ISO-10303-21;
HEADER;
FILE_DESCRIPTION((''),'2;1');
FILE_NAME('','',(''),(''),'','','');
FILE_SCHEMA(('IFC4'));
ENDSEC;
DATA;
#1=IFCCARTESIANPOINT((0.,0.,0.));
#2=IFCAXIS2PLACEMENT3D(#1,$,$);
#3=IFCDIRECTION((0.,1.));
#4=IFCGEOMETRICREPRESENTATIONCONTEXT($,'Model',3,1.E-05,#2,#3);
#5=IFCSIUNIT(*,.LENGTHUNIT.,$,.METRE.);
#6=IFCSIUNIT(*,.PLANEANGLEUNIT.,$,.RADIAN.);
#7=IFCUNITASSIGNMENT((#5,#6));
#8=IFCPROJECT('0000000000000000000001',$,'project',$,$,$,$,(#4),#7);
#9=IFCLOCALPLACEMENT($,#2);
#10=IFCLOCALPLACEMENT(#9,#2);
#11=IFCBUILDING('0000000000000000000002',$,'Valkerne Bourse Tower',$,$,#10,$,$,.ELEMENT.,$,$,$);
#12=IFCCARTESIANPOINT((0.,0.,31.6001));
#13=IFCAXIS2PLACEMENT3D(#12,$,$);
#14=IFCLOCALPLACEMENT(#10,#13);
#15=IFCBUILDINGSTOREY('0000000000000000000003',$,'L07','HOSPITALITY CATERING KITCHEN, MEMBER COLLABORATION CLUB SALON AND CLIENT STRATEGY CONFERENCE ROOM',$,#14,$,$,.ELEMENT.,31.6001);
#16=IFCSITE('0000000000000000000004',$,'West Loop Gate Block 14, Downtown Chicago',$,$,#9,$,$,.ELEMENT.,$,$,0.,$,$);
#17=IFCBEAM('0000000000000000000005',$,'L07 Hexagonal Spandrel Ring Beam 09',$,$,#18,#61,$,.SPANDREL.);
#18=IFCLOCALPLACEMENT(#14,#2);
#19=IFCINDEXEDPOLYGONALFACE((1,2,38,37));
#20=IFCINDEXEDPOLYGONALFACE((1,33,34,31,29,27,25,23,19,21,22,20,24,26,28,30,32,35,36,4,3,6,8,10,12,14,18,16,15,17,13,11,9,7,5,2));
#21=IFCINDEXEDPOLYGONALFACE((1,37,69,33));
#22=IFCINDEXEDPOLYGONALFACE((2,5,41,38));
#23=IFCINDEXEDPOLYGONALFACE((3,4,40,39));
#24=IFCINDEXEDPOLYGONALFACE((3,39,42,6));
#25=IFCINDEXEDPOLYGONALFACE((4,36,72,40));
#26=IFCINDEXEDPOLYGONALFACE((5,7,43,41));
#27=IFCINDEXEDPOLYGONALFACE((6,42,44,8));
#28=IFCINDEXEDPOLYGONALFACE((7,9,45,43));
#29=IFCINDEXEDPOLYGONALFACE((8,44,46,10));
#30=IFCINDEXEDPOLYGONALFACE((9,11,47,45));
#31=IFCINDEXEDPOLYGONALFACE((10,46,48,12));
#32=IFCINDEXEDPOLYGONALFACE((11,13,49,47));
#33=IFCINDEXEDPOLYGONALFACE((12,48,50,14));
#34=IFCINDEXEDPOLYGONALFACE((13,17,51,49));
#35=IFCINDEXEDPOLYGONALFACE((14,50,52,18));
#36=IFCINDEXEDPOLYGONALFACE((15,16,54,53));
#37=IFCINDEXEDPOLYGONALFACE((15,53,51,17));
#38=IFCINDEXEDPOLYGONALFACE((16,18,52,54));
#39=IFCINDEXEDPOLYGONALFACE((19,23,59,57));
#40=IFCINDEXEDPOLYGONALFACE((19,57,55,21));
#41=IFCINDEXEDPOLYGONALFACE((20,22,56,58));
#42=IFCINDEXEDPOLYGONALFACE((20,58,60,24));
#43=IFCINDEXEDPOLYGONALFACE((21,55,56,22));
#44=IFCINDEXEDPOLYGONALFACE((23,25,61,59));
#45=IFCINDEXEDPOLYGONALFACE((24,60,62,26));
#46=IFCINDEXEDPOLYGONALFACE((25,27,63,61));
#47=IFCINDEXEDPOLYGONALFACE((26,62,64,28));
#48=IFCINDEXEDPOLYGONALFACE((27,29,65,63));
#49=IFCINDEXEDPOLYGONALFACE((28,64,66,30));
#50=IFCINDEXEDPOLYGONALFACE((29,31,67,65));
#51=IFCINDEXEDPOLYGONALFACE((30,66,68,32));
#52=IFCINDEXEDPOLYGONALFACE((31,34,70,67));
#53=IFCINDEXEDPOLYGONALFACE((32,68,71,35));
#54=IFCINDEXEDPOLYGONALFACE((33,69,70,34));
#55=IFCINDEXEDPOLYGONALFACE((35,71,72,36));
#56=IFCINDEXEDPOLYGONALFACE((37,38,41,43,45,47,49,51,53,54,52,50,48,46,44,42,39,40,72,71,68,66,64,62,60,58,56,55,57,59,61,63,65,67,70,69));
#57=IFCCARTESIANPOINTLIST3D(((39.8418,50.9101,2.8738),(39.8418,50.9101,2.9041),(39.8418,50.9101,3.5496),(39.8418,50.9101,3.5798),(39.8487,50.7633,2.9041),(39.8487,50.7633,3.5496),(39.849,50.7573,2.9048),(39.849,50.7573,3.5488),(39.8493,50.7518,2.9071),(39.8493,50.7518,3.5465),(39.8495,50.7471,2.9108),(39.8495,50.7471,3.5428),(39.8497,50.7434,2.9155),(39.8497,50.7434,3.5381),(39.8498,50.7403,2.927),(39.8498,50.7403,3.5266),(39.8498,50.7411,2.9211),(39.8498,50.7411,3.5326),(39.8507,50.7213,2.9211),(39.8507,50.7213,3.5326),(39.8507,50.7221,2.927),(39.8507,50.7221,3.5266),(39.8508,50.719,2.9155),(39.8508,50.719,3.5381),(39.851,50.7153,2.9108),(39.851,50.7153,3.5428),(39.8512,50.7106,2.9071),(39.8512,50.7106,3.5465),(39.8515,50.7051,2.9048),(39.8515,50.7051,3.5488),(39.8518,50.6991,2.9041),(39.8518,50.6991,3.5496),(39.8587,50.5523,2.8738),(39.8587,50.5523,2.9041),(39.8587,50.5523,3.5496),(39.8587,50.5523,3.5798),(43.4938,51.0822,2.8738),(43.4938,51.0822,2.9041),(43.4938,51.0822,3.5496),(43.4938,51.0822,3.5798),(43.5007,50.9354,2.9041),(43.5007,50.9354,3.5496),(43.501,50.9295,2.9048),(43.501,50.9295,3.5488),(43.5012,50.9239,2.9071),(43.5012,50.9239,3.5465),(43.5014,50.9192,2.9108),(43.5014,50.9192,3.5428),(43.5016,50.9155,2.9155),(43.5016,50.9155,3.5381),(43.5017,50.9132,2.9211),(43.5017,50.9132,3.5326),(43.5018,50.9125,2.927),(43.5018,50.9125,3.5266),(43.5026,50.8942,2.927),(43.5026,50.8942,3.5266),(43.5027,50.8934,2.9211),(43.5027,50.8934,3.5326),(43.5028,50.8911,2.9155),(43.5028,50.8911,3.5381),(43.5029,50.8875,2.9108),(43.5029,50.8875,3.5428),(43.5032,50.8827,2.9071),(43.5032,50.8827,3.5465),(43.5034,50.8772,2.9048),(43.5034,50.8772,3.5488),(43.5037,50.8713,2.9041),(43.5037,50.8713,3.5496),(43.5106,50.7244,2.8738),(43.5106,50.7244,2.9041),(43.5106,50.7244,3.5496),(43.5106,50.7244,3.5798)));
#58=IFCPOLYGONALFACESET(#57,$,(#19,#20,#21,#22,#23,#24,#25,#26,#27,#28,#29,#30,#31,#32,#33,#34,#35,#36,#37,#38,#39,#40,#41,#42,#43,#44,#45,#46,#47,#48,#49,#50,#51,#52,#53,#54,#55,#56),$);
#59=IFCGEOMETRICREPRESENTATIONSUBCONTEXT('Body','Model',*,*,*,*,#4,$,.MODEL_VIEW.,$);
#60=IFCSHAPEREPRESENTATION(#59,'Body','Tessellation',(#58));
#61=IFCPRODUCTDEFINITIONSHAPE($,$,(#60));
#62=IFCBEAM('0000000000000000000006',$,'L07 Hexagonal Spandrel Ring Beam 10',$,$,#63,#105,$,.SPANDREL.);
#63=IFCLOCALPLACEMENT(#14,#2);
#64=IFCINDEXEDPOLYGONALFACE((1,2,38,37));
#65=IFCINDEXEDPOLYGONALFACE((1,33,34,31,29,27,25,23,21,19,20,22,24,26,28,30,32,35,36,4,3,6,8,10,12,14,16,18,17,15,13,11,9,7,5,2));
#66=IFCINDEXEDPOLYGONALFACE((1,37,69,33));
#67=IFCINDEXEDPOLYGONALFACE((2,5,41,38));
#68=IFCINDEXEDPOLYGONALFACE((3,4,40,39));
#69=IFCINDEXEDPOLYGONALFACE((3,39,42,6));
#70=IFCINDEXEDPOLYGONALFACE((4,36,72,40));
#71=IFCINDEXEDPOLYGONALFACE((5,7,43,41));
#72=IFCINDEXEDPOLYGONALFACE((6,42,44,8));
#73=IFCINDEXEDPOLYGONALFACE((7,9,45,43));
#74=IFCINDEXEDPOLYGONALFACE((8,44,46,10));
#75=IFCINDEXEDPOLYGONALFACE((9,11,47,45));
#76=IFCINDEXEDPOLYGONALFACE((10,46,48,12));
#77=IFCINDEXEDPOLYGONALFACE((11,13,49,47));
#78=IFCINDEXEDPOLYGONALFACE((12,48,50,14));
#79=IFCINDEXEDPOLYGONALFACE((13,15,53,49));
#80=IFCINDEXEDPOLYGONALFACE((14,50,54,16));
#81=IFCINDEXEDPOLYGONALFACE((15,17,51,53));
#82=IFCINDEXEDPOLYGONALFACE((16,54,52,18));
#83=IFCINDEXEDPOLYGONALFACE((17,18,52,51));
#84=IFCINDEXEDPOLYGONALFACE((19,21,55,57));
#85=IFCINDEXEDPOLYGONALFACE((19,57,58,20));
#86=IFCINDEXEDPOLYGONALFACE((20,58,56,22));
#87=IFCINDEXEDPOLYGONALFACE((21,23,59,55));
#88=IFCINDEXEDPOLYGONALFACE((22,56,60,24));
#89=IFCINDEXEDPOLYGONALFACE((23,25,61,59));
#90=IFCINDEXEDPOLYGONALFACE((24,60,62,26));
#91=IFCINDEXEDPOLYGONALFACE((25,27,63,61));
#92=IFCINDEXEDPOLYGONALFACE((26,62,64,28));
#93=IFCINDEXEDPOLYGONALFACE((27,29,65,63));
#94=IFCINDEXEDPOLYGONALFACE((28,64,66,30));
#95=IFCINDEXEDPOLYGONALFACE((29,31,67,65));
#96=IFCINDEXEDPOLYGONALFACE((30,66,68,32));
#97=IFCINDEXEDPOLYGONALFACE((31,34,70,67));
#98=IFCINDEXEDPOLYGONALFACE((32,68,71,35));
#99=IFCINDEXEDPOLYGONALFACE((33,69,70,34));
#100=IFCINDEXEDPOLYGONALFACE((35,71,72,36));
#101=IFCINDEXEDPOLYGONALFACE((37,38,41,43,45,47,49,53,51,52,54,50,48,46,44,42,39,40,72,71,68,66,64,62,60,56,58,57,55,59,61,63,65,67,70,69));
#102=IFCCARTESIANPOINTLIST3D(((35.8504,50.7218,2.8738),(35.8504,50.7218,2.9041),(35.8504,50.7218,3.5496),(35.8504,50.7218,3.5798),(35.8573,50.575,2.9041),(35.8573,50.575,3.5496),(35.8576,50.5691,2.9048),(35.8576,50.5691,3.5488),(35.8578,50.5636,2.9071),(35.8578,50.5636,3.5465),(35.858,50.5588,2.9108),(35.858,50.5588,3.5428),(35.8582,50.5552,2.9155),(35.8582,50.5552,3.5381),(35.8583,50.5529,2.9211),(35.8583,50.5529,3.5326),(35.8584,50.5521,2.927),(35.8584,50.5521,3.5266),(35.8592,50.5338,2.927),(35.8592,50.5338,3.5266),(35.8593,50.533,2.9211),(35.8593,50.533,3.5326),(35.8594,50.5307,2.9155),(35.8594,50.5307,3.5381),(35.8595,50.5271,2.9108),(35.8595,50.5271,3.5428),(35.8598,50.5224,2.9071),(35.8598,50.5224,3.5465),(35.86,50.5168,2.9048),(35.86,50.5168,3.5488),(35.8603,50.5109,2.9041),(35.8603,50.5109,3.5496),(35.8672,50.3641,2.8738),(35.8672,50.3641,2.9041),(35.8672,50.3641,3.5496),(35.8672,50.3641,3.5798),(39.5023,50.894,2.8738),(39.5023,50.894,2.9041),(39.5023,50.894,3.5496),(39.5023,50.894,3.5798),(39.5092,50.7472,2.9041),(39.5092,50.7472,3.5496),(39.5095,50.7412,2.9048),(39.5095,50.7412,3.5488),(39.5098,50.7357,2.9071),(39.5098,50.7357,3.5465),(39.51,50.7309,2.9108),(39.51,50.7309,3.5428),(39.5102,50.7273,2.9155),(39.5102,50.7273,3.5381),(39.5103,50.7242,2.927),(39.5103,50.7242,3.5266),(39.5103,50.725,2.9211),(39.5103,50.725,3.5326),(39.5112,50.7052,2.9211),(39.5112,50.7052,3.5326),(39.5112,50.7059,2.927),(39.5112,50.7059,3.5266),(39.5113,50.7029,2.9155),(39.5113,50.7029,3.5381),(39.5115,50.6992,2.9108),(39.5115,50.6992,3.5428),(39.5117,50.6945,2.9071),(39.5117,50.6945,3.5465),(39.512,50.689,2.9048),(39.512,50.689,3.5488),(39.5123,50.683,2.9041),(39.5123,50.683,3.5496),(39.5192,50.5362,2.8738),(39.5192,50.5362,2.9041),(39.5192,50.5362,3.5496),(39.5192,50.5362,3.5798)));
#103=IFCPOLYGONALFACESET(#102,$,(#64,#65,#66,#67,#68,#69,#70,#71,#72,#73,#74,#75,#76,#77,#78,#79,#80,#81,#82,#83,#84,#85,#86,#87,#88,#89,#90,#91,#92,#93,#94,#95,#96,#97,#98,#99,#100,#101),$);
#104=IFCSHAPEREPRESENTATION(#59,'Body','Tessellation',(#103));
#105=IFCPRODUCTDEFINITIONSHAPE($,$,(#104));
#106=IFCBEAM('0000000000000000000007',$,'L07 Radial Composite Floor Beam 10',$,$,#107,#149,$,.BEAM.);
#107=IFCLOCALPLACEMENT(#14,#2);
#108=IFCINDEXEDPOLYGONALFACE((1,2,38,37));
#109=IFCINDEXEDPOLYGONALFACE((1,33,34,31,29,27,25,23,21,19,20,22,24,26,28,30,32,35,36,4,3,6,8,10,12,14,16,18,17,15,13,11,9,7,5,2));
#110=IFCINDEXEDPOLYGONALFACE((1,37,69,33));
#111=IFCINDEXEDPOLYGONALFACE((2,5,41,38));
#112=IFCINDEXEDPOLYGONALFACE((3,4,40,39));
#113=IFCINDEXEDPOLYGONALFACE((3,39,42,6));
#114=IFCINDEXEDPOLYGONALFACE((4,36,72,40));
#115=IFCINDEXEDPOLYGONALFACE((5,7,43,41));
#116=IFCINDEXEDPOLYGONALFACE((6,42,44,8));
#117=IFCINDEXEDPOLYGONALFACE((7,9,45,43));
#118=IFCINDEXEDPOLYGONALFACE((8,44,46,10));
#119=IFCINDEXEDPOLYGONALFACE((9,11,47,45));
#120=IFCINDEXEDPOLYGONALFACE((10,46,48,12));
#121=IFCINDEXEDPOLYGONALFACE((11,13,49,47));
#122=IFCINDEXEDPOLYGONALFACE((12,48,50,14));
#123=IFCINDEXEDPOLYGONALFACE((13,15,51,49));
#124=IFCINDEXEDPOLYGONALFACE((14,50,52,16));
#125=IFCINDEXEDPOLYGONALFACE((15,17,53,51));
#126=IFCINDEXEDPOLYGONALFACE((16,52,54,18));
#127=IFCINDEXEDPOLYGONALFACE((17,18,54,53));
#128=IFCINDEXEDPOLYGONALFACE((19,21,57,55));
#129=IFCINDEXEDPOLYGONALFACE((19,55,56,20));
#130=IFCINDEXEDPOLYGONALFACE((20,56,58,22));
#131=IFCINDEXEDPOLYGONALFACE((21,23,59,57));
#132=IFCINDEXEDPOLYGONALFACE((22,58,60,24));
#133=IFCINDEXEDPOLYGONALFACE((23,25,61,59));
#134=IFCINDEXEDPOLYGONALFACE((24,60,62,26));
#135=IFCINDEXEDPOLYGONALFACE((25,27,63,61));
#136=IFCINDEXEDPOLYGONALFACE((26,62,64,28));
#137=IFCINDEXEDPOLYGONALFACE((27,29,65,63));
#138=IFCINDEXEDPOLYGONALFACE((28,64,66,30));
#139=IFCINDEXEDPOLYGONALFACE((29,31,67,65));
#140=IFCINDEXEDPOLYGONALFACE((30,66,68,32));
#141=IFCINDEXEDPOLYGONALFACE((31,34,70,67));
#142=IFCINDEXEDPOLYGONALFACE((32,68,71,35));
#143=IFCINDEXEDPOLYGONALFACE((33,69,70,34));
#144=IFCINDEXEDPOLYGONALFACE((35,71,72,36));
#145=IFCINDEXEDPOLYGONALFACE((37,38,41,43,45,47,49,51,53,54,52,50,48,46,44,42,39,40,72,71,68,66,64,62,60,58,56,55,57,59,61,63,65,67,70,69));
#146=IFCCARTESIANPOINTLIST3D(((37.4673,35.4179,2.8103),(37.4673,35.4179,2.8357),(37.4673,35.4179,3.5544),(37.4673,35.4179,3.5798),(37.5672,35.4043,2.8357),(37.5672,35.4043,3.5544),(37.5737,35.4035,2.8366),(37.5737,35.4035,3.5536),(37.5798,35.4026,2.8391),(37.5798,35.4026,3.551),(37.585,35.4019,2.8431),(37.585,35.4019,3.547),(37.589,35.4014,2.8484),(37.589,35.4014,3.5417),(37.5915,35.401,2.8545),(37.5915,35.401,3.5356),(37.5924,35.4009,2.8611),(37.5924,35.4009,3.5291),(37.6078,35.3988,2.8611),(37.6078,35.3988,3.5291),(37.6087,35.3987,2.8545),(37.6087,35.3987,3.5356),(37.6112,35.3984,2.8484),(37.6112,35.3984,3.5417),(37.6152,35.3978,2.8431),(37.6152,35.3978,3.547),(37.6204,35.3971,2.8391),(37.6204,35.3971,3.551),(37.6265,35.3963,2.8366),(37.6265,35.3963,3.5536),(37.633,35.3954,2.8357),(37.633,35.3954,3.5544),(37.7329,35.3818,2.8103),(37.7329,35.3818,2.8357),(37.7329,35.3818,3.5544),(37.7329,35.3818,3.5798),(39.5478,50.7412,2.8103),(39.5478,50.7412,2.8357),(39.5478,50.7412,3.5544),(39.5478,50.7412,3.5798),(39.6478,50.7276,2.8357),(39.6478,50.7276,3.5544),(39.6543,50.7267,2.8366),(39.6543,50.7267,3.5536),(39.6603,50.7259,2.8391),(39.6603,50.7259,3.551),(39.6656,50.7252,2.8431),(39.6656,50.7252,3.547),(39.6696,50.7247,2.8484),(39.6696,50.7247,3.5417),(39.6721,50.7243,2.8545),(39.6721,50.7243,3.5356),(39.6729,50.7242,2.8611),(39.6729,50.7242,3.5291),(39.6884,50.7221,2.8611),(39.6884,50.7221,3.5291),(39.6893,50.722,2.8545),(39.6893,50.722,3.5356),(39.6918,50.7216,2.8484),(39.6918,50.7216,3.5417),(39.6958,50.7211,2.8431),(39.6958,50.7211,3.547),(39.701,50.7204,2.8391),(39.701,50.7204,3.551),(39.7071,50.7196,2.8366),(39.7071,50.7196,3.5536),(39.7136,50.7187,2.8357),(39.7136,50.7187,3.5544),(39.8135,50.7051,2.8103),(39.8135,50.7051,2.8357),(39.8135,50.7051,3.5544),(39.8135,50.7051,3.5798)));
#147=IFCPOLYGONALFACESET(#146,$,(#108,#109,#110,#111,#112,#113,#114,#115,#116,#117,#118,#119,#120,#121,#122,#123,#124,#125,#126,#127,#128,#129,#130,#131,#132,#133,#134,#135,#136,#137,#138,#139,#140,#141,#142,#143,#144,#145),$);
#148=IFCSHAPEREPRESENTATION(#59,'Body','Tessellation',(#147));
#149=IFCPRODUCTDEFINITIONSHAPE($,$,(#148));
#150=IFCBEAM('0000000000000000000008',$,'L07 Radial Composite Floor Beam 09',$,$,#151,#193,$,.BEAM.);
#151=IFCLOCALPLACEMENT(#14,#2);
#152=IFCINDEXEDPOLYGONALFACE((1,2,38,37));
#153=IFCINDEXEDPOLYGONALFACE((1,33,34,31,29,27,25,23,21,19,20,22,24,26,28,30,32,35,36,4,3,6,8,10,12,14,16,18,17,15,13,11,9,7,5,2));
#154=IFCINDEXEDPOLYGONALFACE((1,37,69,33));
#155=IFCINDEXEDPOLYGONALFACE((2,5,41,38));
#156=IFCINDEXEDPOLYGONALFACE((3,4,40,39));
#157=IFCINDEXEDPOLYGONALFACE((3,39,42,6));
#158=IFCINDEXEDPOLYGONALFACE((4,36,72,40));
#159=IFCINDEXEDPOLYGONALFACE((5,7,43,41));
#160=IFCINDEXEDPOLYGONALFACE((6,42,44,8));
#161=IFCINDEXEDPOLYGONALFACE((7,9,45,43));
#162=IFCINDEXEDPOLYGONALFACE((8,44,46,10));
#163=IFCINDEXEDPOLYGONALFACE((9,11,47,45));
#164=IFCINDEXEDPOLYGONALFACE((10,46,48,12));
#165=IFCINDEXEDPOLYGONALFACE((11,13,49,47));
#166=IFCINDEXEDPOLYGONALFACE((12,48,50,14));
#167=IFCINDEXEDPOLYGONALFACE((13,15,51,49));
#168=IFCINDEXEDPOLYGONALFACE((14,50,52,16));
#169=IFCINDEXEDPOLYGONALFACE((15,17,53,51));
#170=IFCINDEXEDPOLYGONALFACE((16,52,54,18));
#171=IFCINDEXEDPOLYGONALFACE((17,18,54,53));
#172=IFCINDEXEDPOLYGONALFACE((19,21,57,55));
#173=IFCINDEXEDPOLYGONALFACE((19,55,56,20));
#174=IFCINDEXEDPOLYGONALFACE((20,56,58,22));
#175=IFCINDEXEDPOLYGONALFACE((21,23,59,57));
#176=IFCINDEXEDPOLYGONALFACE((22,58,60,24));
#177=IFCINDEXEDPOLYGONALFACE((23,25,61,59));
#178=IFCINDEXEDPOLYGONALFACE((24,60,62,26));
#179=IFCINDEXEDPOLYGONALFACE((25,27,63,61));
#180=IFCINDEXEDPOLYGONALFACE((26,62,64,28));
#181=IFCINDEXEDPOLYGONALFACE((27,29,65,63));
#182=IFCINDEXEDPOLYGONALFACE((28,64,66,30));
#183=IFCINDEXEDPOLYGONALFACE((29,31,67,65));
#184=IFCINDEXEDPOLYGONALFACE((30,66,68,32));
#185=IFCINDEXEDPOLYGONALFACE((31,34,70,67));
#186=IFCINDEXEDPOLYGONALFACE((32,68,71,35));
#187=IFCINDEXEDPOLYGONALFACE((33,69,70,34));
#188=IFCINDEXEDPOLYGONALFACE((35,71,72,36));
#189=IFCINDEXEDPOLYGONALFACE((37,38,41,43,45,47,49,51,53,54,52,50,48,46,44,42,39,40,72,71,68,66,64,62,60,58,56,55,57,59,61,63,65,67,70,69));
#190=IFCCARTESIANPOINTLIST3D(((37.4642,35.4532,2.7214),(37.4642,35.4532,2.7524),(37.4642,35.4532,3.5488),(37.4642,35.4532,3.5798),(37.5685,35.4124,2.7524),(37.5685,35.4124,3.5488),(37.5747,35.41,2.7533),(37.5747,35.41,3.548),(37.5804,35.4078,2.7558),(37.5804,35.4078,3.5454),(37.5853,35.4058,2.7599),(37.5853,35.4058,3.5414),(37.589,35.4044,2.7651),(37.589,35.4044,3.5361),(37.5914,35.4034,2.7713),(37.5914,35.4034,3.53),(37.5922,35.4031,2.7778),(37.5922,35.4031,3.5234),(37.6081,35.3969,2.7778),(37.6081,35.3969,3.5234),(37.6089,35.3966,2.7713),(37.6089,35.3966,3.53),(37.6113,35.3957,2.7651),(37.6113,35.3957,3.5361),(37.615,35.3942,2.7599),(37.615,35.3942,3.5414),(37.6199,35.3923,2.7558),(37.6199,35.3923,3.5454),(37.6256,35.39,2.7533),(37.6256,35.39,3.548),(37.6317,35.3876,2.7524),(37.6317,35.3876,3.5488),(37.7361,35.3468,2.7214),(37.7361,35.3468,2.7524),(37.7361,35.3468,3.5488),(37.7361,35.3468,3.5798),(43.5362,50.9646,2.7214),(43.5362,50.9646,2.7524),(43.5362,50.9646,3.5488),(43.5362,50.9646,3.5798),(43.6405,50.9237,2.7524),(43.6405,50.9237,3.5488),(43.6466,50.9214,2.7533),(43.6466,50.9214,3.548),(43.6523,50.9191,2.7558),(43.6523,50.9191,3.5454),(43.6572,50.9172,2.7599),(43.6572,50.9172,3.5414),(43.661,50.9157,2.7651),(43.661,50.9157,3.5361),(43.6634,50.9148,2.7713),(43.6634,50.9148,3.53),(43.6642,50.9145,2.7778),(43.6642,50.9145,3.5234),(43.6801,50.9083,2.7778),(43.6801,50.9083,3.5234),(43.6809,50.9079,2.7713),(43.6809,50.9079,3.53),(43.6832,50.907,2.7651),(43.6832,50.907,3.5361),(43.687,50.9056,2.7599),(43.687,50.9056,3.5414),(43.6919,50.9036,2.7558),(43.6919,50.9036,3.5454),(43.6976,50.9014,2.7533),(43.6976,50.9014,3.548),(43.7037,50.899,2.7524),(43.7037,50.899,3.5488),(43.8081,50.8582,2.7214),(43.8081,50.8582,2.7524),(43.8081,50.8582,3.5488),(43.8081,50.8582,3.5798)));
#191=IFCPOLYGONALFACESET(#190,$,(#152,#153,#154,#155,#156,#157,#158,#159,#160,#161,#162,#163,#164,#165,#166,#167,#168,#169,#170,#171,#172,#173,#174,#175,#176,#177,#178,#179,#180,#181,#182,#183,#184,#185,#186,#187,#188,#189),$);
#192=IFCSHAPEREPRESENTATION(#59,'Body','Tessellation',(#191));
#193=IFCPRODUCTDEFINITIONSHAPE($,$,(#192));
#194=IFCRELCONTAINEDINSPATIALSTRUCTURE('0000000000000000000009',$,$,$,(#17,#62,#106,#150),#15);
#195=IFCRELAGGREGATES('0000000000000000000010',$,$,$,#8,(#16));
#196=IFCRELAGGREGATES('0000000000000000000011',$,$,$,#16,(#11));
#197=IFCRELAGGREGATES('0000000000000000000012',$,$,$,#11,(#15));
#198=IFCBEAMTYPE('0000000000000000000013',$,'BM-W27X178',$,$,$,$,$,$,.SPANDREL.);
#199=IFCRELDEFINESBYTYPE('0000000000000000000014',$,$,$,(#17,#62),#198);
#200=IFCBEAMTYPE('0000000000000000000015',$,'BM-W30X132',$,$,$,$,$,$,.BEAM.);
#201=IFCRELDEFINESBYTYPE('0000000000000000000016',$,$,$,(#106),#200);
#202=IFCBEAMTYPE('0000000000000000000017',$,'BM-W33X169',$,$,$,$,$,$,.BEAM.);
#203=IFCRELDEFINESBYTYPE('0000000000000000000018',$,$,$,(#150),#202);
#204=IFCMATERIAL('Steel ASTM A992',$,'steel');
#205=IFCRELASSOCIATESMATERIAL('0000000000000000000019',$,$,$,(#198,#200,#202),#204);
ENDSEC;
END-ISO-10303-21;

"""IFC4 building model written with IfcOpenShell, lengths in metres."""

from ifc_helpers import new_model, si_unit, direction, frame, origin, origin_2d, place, context, subcontext, project, spatial, i_section, extrude, material, material_profile, profile_set, type_object, element, save


model = new_model("IFC4")

# Units and contexts
model_context = context("Model", 3, precision=1e-05, world=origin(), true_north=direction((0.0, 1.0)))
body_context = subcontext(model_context, "Body", "Model", "MODEL_VIEW")
ifc_project = project(units=[si_unit("LENGTHUNIT", "METRE"), si_unit("PLANEANGLEUNIT", "RADIAN")], contexts=[model_context])

# Site, building, storey
site_placement = place(None, origin())
site = spatial("IfcSite", under=ifc_project, at=site_placement, Name="West Loop Gate Block 14, Downtown Chicago", CompositionType="ELEMENT", RefElevation=0.0)
building_placement = place(site_placement, origin())
building = spatial("IfcBuilding", under=site, at=building_placement, Name="Valkerne Bourse Tower", CompositionType="ELEMENT")
storey_placement = place(building_placement, frame((0.0, 0.0, 31.6001)))
storey = spatial("IfcBuildingStorey", under=building, at=storey_placement, Name="L07", Description="HOSPITALITY CATERING KITCHEN, MEMBER COLLABORATION CLUB SALON AND CLIENT STRATEGY CONFERENCE ROOM", CompositionType="ELEMENT", Elevation=31.6001)

# Beams
ifc_material_1 = material(Name="Steel ASTM A992", Category="steel")
ifc_material_profile_1 = material_profile(ifc_material_1, i_section(OverallWidth=0.3582, OverallDepth=0.7061, WebThickness=0.0183, FlangeThickness=0.0303, FilletRadius=0.0229, at=origin_2d()), Name="W27X178")
ifc_profile_set_1 = profile_set([ifc_material_profile_1], Name="Steel ASTM A992")
beam_type_1 = type_object("IfcBeamType", Name="BM-W27X178", PredefinedType="SPANDREL", material=ifc_profile_set_1)
for number, where, z_axis, x_axis, name in (
    (1, (43.5022, 50.9033, 3.2268), (-0.998891, -0.04708, 0.0), (0.04708, -0.998891, 0.0), "L07 Hexagonal Spandrel Ring Beam 09"),
    (2, (39.5107, 50.7151, 3.2268), (-0.998891, -0.04708, 0.0), (0.04708, -0.998891, 0.0), "L07 Hexagonal Spandrel Ring Beam 10"),
):
    element("IfcBeam", number, at=place(storey_placement, frame(where, z_axis=z_axis, x_axis=x_axis)), inside=storey, type_object=beam_type_1, Name=name, PredefinedType="SPANDREL", context=body_context, shape_type="SweptSolid", body=[
        extrude(i_section(OverallWidth=0.3582, OverallDepth=0.7061, WebThickness=0.0183, FlangeThickness=0.0303, FilletRadius=0.0229, at=origin_2d()), origin(), (0.0, 0.0, 1.0), 3.656),
    ])
ifc_material_profile_2 = material_profile(ifc_material_1, i_section(OverallWidth=0.2681, OverallDepth=0.7695, WebThickness=0.0156, FlangeThickness=0.0254, FilletRadius=0.0254, at=origin_2d()), Name="W30X132")
ifc_profile_set_2 = profile_set([ifc_material_profile_2], Name="Steel ASTM A992")
beam_type_2 = type_object("IfcBeamType", Name="BM-W30X132", PredefinedType="BEAM", material=ifc_profile_set_2)
beam_1_placement = place(storey_placement, frame((39.6807, 50.7231, 3.1951), z_axis=(-0.134544, -0.990908, 0.0), x_axis=(0.990908, -0.134544, 0.0)))
element("IfcBeam", 3, at=beam_1_placement, inside=storey, type_object=beam_type_2, Name="L07 Radial Composite Floor Beam 10", PredefinedType="BEAM", context=body_context, shape_type="SweptSolid", body=[
    extrude(i_section(OverallWidth=0.2681, OverallDepth=0.7695, WebThickness=0.0156, FlangeThickness=0.0254, FilletRadius=0.0254, at=origin_2d()), origin(), (0.0, 0.0, 1.0), 15.4639),
])
ifc_material_profile_3 = material_profile(ifc_material_1, i_section(OverallWidth=0.292, OverallDepth=0.8584, WebThickness=0.0171, FlangeThickness=0.031, FilletRadius=0.0254, at=origin_2d()), Name="W33X169")
ifc_profile_set_3 = profile_set([ifc_material_profile_3], Name="Steel ASTM A992")
beam_type_3 = type_object("IfcBeamType", Name="BM-W33X169", PredefinedType="BEAM", material=ifc_profile_set_3)
beam_2_placement = place(storey_placement, frame((43.6721, 50.9114, 3.1506), z_axis=(-0.36452, -0.931196, 0.0), x_axis=(0.931196, -0.36452, 0.0)))
element("IfcBeam", 4, at=beam_2_placement, inside=storey, type_object=beam_type_3, Name="L07 Radial Composite Floor Beam 09", PredefinedType="BEAM", context=body_context, shape_type="SweptSolid", body=[
    extrude(i_section(OverallWidth=0.292, OverallDepth=0.8584, WebThickness=0.0171, FlangeThickness=0.031, FilletRadius=0.0254, at=origin_2d()), origin(), (0.0, 0.0, 1.0), 16.6575),
])

save(model, "model.ifc")
